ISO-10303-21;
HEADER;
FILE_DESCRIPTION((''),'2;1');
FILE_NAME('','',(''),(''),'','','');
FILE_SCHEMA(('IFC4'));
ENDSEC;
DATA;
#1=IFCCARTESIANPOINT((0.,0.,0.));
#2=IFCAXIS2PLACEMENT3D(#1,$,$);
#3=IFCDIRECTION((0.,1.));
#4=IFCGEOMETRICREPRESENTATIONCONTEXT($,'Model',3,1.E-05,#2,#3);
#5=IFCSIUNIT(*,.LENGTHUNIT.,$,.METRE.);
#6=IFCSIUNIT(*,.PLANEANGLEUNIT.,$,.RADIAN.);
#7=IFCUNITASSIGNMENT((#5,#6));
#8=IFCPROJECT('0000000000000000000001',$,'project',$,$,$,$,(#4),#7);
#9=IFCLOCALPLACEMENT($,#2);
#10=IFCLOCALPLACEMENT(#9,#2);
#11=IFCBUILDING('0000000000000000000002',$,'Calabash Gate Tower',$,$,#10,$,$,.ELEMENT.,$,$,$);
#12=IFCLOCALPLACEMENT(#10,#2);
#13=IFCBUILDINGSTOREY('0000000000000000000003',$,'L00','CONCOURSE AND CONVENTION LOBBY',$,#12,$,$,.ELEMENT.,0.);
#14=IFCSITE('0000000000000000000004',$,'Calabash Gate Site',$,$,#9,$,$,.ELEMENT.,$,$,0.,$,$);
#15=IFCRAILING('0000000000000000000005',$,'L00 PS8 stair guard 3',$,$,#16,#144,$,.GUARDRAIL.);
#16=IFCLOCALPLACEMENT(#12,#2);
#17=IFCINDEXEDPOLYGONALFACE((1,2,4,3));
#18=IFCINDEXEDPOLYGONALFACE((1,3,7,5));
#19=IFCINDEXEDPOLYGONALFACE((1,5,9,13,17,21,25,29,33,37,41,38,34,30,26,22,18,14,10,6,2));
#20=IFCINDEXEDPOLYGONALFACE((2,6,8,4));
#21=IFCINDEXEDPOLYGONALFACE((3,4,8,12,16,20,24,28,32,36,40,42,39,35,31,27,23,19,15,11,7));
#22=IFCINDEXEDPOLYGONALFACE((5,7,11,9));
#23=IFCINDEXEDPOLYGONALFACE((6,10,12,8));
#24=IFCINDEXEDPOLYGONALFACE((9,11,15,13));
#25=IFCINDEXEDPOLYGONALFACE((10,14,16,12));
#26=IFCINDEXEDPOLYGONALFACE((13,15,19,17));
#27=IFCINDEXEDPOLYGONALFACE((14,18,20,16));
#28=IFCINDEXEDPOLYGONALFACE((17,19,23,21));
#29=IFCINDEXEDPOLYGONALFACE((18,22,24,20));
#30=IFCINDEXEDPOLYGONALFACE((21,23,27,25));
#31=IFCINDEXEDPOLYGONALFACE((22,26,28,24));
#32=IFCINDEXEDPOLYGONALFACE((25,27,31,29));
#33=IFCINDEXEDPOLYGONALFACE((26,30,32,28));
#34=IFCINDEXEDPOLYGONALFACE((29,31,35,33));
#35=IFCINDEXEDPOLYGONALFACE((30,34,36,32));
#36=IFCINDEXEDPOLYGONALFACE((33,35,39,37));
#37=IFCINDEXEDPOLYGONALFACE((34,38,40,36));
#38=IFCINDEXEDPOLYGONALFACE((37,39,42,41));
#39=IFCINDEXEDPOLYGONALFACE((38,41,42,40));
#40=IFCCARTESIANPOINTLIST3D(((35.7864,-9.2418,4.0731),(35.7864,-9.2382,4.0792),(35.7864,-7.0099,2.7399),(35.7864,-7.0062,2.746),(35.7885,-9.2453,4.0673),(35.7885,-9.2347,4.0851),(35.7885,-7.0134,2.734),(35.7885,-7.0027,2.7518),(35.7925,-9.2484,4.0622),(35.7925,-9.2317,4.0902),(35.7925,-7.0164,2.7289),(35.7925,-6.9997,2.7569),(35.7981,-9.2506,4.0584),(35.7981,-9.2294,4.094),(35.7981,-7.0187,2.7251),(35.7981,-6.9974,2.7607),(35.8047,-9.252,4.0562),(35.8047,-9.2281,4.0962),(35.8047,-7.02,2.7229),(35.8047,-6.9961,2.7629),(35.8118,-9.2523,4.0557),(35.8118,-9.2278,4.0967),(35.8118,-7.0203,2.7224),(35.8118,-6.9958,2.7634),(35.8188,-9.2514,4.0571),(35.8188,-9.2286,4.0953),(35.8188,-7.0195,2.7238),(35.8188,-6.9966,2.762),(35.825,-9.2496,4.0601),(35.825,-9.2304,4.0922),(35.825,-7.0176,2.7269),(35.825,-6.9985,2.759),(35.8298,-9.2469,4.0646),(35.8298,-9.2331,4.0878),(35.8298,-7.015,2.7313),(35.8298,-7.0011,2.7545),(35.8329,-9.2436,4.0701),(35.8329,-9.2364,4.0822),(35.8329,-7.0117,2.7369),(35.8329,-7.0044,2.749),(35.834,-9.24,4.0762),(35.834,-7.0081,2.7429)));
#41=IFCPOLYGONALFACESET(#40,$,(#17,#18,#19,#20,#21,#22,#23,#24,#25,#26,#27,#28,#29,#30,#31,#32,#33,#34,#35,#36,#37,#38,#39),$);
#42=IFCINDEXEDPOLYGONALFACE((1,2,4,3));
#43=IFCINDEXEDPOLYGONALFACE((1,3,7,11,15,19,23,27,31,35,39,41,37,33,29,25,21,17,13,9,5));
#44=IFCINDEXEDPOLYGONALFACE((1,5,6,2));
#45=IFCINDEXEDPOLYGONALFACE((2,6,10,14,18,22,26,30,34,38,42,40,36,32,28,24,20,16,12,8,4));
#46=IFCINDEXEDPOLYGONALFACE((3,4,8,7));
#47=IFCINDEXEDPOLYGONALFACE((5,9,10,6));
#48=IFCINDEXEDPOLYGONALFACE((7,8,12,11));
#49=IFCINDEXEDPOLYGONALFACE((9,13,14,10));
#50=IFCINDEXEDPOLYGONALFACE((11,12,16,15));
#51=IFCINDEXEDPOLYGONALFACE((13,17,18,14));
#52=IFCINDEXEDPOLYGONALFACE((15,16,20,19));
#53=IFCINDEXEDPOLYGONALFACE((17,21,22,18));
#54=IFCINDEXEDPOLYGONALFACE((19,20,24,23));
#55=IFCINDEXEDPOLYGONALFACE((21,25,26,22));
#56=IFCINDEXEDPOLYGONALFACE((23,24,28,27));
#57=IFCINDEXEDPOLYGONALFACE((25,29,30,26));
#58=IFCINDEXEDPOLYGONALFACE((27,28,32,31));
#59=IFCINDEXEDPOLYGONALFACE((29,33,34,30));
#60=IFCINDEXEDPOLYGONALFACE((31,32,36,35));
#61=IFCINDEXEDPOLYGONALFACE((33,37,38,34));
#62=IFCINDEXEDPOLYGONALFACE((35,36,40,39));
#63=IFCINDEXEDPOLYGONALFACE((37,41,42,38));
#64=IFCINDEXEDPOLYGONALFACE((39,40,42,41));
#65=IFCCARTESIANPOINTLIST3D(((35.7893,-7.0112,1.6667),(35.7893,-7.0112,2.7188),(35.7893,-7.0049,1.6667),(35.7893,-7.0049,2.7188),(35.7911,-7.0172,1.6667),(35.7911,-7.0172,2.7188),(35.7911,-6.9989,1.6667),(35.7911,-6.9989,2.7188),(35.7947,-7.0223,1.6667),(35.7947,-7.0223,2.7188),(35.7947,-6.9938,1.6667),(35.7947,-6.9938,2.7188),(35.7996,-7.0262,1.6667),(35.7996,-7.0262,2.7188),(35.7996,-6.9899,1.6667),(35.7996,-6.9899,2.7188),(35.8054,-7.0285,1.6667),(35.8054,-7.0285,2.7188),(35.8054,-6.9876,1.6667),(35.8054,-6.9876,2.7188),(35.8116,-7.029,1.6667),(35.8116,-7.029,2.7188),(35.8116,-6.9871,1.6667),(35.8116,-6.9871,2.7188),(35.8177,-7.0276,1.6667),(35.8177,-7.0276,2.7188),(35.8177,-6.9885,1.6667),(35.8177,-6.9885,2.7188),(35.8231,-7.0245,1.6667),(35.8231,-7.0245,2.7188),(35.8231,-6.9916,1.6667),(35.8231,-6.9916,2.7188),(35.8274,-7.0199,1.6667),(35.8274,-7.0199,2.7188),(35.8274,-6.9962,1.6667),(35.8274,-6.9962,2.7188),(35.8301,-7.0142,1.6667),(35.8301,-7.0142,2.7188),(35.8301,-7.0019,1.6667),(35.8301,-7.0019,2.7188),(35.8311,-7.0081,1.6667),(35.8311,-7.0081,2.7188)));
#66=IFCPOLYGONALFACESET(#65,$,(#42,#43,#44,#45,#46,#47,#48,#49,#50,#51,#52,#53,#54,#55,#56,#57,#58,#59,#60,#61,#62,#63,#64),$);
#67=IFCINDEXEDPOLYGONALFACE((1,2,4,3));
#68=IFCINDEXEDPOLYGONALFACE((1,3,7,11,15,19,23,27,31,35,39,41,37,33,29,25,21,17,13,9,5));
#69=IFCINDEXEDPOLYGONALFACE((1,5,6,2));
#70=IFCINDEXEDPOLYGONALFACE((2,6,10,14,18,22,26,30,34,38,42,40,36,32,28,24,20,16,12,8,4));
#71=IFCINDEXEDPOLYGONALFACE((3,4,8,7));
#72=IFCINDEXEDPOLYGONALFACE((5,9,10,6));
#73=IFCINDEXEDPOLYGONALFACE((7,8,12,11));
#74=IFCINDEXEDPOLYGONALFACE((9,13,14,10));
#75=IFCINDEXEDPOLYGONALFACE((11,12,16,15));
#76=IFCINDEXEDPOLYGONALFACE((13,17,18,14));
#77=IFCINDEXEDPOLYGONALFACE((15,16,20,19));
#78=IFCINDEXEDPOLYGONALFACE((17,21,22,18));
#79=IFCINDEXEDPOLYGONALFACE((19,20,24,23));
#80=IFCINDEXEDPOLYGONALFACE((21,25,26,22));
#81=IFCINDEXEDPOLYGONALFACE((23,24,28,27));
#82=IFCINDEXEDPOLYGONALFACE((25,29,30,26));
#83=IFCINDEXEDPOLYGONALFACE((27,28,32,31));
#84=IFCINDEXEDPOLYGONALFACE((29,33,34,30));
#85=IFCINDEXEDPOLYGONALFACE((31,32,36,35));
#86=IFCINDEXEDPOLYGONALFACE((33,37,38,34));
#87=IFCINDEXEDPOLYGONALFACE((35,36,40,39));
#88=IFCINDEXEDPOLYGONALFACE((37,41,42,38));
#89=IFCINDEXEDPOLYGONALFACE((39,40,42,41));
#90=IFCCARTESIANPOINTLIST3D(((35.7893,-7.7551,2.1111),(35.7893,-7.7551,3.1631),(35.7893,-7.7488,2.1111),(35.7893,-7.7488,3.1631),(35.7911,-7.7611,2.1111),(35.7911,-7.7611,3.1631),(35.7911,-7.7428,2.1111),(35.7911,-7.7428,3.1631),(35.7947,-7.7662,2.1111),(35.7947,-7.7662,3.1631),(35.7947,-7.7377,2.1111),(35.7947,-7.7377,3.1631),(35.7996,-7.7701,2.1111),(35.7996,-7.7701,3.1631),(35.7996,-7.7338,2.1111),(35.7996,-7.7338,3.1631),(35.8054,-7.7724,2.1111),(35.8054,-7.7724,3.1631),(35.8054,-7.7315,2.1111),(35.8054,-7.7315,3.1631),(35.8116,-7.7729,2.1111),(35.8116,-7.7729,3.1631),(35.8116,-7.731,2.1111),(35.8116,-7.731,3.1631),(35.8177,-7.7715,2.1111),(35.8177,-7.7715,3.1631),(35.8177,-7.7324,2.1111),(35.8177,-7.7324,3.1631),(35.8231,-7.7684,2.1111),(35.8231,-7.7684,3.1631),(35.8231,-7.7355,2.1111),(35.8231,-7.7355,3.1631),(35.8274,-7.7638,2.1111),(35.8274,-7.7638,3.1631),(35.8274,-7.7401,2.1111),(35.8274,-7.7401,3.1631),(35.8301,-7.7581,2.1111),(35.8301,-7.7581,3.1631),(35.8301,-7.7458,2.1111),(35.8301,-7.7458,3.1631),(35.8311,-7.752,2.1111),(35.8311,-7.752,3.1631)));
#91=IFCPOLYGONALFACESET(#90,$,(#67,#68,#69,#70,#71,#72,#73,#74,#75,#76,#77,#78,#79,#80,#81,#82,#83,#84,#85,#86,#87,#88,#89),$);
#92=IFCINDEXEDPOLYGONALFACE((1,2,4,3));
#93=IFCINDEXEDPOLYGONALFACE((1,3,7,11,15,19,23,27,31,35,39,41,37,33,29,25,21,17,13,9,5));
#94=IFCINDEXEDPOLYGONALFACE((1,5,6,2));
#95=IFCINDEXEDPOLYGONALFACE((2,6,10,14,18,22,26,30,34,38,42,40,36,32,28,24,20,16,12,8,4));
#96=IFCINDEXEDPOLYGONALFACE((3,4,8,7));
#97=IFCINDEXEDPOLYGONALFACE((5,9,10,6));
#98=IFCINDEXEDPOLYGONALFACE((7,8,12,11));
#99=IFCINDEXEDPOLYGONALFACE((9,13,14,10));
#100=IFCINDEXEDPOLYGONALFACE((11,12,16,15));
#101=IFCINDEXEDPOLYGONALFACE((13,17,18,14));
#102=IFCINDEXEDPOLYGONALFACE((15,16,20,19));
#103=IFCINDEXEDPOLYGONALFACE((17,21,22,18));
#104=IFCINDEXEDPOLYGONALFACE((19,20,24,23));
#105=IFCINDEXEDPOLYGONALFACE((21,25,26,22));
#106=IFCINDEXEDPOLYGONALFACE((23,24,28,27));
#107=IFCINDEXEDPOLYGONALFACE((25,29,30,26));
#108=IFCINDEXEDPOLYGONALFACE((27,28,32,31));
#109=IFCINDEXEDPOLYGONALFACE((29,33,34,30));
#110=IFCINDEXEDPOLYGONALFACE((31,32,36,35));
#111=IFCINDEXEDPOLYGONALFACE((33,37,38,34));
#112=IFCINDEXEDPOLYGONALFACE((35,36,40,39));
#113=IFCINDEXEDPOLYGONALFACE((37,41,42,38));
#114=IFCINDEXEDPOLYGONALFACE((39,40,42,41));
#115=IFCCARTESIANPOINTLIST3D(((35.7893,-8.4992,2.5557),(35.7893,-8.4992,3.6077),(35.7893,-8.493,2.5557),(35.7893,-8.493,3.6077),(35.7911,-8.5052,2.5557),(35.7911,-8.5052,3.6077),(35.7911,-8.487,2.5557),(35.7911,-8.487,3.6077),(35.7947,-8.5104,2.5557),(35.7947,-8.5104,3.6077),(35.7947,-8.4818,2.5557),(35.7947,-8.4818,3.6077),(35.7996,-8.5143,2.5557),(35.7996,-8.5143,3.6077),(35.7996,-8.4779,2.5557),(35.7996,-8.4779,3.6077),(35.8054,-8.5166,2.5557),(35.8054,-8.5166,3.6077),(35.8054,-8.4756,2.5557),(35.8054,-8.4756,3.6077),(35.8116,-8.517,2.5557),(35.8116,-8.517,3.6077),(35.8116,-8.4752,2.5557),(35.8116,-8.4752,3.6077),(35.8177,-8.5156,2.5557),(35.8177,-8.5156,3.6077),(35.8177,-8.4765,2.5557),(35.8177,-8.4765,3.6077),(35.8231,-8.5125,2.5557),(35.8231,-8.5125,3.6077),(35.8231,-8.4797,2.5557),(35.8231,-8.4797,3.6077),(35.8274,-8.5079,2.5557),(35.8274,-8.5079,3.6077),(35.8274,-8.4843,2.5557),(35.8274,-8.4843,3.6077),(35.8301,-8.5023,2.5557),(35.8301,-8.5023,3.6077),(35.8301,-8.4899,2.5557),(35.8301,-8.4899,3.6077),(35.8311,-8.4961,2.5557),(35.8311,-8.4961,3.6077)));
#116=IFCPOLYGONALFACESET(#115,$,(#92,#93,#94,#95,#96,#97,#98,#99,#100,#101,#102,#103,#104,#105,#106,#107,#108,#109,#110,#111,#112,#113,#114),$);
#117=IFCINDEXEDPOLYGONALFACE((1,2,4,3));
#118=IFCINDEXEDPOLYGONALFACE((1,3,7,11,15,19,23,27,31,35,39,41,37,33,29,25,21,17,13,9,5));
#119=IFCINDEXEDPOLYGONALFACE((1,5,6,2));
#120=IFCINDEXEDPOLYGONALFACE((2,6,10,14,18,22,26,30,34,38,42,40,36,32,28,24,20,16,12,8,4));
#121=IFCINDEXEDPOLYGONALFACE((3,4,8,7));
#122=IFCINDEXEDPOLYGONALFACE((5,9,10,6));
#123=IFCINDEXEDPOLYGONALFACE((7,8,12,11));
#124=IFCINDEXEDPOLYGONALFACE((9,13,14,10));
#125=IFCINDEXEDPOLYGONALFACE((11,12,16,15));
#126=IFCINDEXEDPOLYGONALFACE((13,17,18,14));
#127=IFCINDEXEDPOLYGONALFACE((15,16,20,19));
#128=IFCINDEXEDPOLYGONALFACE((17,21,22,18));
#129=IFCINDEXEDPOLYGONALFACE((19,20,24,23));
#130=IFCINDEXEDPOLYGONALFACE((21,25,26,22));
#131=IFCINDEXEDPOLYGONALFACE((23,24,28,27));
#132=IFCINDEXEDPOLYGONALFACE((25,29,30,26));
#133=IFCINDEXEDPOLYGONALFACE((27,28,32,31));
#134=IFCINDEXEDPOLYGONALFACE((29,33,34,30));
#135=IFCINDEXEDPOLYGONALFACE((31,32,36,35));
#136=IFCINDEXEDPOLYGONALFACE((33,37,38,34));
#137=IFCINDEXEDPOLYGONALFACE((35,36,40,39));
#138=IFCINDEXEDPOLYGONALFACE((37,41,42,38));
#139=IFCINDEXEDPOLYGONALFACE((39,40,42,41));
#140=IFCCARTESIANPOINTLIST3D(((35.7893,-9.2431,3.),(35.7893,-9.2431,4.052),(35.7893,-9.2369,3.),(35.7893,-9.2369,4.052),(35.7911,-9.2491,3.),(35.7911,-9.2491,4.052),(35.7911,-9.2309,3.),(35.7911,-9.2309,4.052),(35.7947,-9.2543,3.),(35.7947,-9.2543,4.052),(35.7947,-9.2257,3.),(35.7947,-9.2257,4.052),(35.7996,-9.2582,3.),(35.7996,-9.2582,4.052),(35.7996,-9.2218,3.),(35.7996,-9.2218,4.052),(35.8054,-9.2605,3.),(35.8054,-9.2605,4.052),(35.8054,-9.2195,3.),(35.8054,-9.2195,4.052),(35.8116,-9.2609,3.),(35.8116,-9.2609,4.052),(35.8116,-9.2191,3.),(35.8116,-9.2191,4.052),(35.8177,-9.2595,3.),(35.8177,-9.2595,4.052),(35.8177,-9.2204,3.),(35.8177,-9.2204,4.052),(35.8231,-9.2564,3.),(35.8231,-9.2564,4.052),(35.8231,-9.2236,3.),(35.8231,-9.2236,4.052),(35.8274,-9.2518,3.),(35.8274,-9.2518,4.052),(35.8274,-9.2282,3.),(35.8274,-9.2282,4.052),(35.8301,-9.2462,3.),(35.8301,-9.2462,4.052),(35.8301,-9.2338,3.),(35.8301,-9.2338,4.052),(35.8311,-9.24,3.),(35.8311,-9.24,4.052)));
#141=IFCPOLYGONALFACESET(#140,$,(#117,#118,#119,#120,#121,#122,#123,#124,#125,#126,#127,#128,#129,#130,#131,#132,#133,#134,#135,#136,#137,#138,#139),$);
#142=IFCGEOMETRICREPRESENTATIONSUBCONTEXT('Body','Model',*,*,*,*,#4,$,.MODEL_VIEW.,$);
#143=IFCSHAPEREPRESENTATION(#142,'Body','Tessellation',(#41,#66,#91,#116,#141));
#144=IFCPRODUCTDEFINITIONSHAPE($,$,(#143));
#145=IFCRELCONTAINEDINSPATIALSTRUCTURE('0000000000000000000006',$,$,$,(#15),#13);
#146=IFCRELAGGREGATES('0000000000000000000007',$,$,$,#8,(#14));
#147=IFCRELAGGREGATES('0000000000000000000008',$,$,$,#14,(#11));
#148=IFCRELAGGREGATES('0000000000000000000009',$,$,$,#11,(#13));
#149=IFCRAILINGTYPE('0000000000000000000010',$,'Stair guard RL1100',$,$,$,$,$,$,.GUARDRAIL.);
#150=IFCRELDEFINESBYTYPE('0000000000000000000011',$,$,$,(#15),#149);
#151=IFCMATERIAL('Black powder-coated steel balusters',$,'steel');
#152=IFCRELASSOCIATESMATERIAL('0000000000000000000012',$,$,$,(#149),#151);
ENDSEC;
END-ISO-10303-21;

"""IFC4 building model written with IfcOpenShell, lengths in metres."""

from ifc_helpers import new_model, si_unit, direction, frame, origin, origin_2d, place, context, subcontext, project, spatial, circle, extrude, material, type_object, element, save


model = new_model("IFC4")

# Units and contexts
model_context = context("Model", 3, precision=1e-05, world=origin(), true_north=direction((0.0, 1.0)))
body_context = subcontext(model_context, "Body", "Model", "MODEL_VIEW")
ifc_project = project(units=[si_unit("LENGTHUNIT", "METRE"), si_unit("PLANEANGLEUNIT", "RADIAN")], contexts=[model_context])

# Site, building, storey
site_placement = place(None, origin())
site = spatial("IfcSite", under=ifc_project, at=site_placement, Name="Calabash Gate Site", CompositionType="ELEMENT", RefElevation=0.0)
building_placement = place(site_placement, origin())
building = spatial("IfcBuilding", under=site, at=building_placement, Name="Calabash Gate Tower", CompositionType="ELEMENT")
storey_placement = place(building_placement, origin())
storey = spatial("IfcBuildingStorey", under=building, at=storey_placement, Name="L00", Description="CONCOURSE AND CONVENTION LOBBY", CompositionType="ELEMENT", Elevation=0.0)

# Railing
ifc_material_1 = material(Name="Black powder-coated steel balusters", Category="steel")
railing_type_1 = type_object("IfcRailingType", Name="Stair guard RL1100", PredefinedType="GUARDRAIL", material=ifc_material_1)
railing_1_placement = place(storey_placement, frame((35.8101, -7.0081, 1.6667)))
element("IfcRailing", 1, at=railing_1_placement, inside=storey, type_object=railing_type_1, Name="L00 PS8 stair guard 3", PredefinedType="GUARDRAIL", context=body_context, shape_type="SweptSolid", body=[
    extrude(circle(Radius=0.0239, at=origin_2d()), frame((0.0, 0.0, 1.0762), z_axis=(0.0, -0.858494, 0.512824), x_axis=(1.0, 0.0, 0.0)), (0.0, 0.0, 1.0), 2.5999),
    extrude(circle(Radius=0.021, at=origin_2d()), origin(), (0.0, 0.0, 1.0), 1.052),
    extrude(circle(Radius=0.021, at=origin_2d()), frame((0.0, -0.7439, 0.4443)), (0.0, 0.0, 1.0), 1.052),
    extrude(circle(Radius=0.021, at=origin_2d()), frame((0.0, -1.488, 0.8889)), (0.0, 0.0, 1.0), 1.052),
    extrude(circle(Radius=0.021, at=origin_2d()), frame((0.0, -2.2319, 1.3333)), (0.0, 0.0, 1.0), 1.052),
])

save(model, "model.ifc")
